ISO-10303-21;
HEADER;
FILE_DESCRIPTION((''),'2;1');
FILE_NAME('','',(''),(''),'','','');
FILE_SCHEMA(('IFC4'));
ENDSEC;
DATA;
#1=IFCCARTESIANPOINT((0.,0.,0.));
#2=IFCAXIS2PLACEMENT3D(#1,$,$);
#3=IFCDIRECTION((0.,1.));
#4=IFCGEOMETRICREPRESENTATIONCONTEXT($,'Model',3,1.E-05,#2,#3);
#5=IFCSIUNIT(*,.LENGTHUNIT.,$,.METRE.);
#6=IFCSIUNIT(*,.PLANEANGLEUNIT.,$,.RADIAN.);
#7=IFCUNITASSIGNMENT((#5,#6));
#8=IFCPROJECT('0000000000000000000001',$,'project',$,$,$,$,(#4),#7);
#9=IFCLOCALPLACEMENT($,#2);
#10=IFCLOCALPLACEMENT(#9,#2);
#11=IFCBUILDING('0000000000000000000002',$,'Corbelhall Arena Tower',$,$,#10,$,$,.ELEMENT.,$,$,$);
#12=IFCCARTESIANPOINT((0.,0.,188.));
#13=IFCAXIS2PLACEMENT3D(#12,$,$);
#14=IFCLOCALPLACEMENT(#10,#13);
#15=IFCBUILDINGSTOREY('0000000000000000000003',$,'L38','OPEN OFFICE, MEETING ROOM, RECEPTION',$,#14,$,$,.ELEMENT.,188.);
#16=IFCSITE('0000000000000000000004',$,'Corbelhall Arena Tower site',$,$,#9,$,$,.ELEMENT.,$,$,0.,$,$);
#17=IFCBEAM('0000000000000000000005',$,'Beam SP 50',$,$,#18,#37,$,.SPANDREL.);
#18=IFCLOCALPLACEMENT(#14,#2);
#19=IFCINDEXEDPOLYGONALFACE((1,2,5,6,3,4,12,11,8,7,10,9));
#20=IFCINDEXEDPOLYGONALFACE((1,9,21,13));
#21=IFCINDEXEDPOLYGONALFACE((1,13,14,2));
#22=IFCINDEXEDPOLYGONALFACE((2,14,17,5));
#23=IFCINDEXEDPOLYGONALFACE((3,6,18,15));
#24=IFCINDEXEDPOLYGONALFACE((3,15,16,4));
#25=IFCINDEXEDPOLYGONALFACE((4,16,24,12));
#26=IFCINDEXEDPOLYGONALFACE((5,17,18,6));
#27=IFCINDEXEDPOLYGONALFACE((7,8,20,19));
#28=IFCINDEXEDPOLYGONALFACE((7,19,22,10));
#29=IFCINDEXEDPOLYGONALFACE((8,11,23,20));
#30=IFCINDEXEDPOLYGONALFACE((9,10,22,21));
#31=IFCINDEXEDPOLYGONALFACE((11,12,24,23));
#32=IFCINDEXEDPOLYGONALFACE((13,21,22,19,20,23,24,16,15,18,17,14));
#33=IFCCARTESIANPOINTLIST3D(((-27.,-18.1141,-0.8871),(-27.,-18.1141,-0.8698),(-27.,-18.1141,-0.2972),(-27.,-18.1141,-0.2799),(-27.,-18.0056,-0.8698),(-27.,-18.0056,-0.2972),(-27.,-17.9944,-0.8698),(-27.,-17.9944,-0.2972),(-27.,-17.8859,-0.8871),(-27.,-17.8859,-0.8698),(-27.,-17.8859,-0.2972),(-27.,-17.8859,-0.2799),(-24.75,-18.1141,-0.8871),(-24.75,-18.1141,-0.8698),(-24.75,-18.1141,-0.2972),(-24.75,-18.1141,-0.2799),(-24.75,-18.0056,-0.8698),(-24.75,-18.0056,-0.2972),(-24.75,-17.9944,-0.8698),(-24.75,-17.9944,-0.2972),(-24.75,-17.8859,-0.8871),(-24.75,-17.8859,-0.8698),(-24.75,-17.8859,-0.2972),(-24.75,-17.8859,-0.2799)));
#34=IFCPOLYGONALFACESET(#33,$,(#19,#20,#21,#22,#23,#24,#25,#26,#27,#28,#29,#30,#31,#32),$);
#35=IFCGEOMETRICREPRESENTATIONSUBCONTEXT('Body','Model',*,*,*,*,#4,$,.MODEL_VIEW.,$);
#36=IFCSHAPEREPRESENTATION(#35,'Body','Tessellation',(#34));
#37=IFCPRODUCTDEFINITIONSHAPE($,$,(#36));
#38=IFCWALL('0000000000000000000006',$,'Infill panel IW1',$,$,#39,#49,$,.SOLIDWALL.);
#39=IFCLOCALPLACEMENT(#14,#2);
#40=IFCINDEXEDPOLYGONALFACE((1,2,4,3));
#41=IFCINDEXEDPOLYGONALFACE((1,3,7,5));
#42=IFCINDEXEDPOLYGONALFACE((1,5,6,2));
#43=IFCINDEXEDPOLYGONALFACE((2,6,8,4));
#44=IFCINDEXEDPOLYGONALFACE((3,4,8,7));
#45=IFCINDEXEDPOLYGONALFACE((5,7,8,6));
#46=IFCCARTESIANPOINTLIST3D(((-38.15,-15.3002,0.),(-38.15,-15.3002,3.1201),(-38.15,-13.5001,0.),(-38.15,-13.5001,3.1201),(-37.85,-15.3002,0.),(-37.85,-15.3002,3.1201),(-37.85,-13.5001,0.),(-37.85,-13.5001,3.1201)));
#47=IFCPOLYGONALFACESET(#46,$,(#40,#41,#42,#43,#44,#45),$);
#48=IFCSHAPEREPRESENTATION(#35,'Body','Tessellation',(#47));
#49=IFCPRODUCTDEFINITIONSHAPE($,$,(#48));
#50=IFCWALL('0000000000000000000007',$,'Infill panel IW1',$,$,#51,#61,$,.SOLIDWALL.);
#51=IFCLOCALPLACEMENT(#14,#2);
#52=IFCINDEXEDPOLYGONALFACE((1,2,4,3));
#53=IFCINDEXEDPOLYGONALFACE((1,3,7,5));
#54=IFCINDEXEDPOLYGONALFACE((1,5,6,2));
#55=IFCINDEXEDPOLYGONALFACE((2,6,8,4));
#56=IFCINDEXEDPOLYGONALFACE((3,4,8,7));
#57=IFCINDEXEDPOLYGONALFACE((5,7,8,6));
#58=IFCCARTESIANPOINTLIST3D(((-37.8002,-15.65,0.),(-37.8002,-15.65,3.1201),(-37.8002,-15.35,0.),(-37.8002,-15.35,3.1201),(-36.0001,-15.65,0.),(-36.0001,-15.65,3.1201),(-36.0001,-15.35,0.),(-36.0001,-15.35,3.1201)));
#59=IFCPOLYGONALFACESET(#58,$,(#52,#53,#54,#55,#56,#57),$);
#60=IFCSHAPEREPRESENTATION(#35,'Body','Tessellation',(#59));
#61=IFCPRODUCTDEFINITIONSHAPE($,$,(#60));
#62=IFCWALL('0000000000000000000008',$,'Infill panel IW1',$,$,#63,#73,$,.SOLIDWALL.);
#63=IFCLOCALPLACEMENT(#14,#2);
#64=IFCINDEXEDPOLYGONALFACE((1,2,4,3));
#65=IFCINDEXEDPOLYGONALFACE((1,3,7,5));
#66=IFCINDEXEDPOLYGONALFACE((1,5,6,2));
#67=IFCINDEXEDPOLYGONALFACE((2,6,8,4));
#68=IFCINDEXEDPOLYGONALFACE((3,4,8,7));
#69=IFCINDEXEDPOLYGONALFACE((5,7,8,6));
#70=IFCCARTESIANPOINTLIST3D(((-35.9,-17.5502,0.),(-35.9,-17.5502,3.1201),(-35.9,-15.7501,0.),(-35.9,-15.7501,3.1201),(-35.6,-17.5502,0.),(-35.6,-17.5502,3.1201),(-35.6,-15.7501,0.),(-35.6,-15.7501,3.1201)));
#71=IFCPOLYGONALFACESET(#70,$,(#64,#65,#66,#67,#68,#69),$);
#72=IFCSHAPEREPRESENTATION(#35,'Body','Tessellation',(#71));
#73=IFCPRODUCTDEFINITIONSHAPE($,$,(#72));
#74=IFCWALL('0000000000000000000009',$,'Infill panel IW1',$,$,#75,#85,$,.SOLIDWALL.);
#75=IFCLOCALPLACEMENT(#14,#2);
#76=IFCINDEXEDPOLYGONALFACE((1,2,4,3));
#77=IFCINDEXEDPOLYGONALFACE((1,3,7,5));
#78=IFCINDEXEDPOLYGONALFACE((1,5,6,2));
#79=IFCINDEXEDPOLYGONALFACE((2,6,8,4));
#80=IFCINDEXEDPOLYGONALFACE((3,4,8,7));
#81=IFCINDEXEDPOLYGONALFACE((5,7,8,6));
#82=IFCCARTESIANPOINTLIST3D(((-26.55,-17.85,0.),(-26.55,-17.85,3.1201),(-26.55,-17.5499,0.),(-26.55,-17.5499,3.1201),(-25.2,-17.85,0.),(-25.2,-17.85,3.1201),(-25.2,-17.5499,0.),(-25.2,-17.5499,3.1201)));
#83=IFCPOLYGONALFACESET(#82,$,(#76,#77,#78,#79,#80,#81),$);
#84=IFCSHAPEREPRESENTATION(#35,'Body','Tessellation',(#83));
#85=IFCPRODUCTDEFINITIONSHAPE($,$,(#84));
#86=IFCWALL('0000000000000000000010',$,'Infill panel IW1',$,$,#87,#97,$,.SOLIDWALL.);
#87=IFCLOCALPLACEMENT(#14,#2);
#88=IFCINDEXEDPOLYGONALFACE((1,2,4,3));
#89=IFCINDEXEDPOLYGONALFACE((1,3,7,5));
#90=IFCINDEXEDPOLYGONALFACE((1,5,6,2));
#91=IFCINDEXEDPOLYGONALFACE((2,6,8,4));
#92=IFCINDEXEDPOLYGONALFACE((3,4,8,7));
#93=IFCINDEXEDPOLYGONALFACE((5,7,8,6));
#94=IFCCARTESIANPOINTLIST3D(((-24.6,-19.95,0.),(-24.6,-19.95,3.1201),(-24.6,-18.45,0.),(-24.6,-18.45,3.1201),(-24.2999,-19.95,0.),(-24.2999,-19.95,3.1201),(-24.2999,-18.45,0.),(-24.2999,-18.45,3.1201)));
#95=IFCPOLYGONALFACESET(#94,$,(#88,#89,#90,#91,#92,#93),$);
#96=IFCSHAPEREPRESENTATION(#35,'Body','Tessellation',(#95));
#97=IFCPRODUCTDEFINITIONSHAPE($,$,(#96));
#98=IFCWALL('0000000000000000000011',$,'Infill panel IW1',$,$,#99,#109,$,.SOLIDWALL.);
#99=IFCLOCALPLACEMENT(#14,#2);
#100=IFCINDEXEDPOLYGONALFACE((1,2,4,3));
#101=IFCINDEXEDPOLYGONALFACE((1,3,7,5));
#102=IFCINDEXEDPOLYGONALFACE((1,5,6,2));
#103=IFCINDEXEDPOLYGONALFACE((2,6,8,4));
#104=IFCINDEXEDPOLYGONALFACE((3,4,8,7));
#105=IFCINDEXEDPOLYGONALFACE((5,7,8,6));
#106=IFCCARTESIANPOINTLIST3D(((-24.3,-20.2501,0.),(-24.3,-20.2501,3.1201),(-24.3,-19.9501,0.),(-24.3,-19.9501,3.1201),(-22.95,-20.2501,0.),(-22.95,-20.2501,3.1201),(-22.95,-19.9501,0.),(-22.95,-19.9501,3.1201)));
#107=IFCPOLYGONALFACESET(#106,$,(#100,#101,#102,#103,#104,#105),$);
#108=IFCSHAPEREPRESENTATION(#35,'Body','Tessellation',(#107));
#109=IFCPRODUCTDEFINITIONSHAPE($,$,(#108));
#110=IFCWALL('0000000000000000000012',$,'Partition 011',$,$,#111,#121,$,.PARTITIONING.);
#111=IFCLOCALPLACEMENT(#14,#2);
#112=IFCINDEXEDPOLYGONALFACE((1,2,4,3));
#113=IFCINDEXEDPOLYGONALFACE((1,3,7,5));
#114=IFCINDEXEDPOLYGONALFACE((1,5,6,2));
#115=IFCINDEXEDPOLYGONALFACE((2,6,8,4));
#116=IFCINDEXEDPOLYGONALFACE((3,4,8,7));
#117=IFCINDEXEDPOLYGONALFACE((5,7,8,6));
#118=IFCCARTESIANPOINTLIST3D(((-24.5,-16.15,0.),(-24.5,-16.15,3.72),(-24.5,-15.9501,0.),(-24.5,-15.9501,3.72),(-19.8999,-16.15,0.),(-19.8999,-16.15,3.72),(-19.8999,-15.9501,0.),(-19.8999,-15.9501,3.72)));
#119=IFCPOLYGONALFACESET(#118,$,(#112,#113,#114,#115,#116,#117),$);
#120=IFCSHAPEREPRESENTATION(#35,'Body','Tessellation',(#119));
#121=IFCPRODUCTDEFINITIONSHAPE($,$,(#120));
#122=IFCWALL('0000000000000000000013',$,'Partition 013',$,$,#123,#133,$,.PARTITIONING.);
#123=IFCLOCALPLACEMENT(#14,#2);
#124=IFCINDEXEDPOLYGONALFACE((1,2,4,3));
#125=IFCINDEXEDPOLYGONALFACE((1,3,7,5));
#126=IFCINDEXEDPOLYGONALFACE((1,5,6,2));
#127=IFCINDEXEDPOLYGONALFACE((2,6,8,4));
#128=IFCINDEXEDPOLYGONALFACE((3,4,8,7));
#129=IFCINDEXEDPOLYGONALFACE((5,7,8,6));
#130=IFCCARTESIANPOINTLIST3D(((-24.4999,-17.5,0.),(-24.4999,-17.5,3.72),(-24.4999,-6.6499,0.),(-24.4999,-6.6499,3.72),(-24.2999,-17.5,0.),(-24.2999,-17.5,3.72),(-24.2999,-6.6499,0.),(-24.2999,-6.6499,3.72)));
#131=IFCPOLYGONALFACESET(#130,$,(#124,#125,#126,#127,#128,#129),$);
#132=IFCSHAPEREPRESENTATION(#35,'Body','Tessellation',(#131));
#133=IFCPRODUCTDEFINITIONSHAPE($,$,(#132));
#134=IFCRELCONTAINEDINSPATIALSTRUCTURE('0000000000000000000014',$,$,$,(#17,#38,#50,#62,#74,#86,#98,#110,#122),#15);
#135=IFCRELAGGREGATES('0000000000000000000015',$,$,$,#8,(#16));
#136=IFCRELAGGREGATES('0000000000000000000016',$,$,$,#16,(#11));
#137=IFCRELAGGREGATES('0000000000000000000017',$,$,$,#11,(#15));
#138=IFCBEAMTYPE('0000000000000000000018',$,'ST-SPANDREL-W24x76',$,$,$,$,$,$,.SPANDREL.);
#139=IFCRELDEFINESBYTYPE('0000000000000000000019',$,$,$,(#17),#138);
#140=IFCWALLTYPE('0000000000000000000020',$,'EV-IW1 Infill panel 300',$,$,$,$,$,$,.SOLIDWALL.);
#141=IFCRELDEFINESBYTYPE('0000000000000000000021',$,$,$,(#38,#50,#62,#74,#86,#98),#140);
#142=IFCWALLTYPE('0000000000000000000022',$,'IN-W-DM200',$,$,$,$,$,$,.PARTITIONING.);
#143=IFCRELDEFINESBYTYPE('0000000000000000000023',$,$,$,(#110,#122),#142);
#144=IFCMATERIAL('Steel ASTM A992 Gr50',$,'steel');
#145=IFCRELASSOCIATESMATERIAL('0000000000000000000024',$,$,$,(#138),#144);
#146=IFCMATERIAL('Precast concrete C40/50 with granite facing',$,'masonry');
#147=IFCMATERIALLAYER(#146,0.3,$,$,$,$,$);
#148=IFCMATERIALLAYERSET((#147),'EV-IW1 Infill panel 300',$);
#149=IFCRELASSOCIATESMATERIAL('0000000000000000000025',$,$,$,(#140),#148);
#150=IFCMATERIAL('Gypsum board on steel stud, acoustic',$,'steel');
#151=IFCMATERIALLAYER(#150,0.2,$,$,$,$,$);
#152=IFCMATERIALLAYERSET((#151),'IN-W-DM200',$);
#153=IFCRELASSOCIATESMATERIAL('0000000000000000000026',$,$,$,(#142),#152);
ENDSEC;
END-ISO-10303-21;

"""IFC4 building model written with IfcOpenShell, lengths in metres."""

from ifc_helpers import new_model, si_unit, direction, frame, frame_2d, origin, origin_2d, place, context, subcontext, project, spatial, rectangle, i_section, extrude, material, layer, layer_set, material_profile, profile_set, type_object, element, save


model = new_model("IFC4")

# Units and contexts
model_context = context("Model", 3, precision=1e-05, world=origin(), true_north=direction((0.0, 1.0)))
body_context = subcontext(model_context, "Body", "Model", "MODEL_VIEW")
ifc_project = project(units=[si_unit("LENGTHUNIT", "METRE"), si_unit("PLANEANGLEUNIT", "RADIAN")], contexts=[model_context])

# Site, building, storey
site_placement = place(None, origin())
site = spatial("IfcSite", under=ifc_project, at=site_placement, Name="Corbelhall Arena Tower site", CompositionType="ELEMENT", RefElevation=0.0)
building_placement = place(site_placement, origin())
building = spatial("IfcBuilding", under=site, at=building_placement, Name="Corbelhall Arena Tower", CompositionType="ELEMENT")
storey_placement = place(building_placement, frame((0.0, 0.0, 188.0)))
storey = spatial("IfcBuildingStorey", under=building, at=storey_placement, Name="L38", Description="OPEN OFFICE, MEETING ROOM, RECEPTION", CompositionType="ELEMENT", Elevation=188.0)

# Beam
ifc_material_1 = material(Name="Steel ASTM A992 Gr50", Category="steel")
ifc_material_profile_1 = material_profile(ifc_material_1, i_section(OverallWidth=0.2283, OverallDepth=0.6072, WebThickness=0.0112, FlangeThickness=0.0173, at=origin_2d()))
ifc_profile_set_1 = profile_set([ifc_material_profile_1], Name="Steel ASTM A992 Gr50")
beam_type = type_object("IfcBeamType", Name="ST-SPANDREL-W24x76", PredefinedType="SPANDREL", material=ifc_profile_set_1)
beam_1_placement = place(storey_placement, frame((-24.75, -18.0, -0.5835), z_axis=(-1.0, 0.0, 0.0), x_axis=(0.0, -1.0, 0.0)))
element("IfcBeam", 1, at=beam_1_placement, inside=storey, type_object=beam_type, Name="Beam SP 50", PredefinedType="SPANDREL", context=body_context, shape_type="SweptSolid", body=[
    extrude(i_section(OverallWidth=0.2283, OverallDepth=0.6072, WebThickness=0.0112, FlangeThickness=0.0173, at=origin_2d()), origin(), (0.0, 0.0, 1.0), 2.25),
])

# Walls
ifc_material_2 = material(Name="Precast concrete C40/50 with granite facing", Category="masonry")
ifc_layer_1 = layer(ifc_material_2, 0.3)
ifc_layer_set_1 = layer_set([ifc_layer_1], Name="EV-IW1 Infill panel 300")
wall_type_1 = type_object("IfcWallType", Name="EV-IW1 Infill panel 300", PredefinedType="SOLIDWALL", material=ifc_layer_set_1)
for number, where, z_axis, x_axis, name in (
    (2, (-38.0, -15.3, 0.0), (0.0, 0.0, 1.0), (0.0, 1.0, 0.0), "Infill panel IW1"),
    (3, (-37.8, -15.5, 0.0), (0.0, 0.0, 1.0), (1.0, 0.0, 0.0), "Infill panel IW1"),
    (4, (-35.75, -17.55, 0.0), (0.0, 0.0, 1.0), (0.0, 1.0, 0.0), "Infill panel IW1"),
):
    element("IfcWall", number, at=place(storey_placement, frame(where, z_axis=z_axis, x_axis=x_axis)), inside=storey, type_object=wall_type_1, Name=name, PredefinedType="SOLIDWALL", context=body_context, shape_type="SweptSolid", body=[
        extrude(rectangle(XDim=1.8, YDim=0.3, at=frame_2d((0.8999, 0.0))), origin(), (0.0, 0.0, 1.0), 3.1201),
    ])

# Walls
wall_1_placement = place(storey_placement, frame((-26.55, -17.7, 0.0), z_axis=(0.0, 0.0, 1.0), x_axis=(1.0, 0.0, 0.0)))
element("IfcWall", 5, at=wall_1_placement, inside=storey, type_object=wall_type_1, Name="Infill panel IW1", PredefinedType="SOLIDWALL", context=body_context, shape_type="SweptSolid", body=[
    extrude(rectangle(XDim=1.3501, YDim=0.3, at=frame_2d((0.675, 0.0))), origin(), (0.0, 0.0, 1.0), 3.1201),
])
wall_2_placement = place(storey_placement, frame((-24.45, -18.45, 0.0), z_axis=(0.0, 0.0, 1.0), x_axis=(0.0, -1.0, 0.0)))
element("IfcWall", 6, at=wall_2_placement, inside=storey, type_object=wall_type_1, Name="Infill panel IW1", PredefinedType="SOLIDWALL", context=body_context, shape_type="SweptSolid", body=[
    extrude(rectangle(XDim=1.5, YDim=0.3, at=frame_2d((0.75, 0.0))), origin(), (0.0, 0.0, 1.0), 3.1201),
])
wall_3_placement = place(storey_placement, frame((-24.3, -20.1001, 0.0), z_axis=(0.0, 0.0, 1.0), x_axis=(1.0, 0.0, 0.0)))
element("IfcWall", 7, at=wall_3_placement, inside=storey, type_object=wall_type_1, Name="Infill panel IW1", PredefinedType="SOLIDWALL", context=body_context, shape_type="SweptSolid", body=[
    extrude(rectangle(XDim=1.3501, YDim=0.3, at=frame_2d((0.675, 0.0))), origin(), (0.0, 0.0, 1.0), 3.1201),
])
ifc_material_3 = material(Name="Gypsum board on steel stud, acoustic", Category="steel")
ifc_layer_2 = layer(ifc_material_3, 0.2)
ifc_layer_set_2 = layer_set([ifc_layer_2], Name="IN-W-DM200")
wall_type_2 = type_object("IfcWallType", Name="IN-W-DM200", PredefinedType="PARTITIONING", material=ifc_layer_set_2)
wall_4_placement = place(storey_placement, frame((-24.5, -16.05, 0.0), z_axis=(0.0, 0.0, 1.0), x_axis=(1.0, 0.0, 0.0)))
element("IfcWall", 8, at=wall_4_placement, inside=storey, type_object=wall_type_2, Name="Partition 011", PredefinedType="PARTITIONING", context=body_context, shape_type="SweptSolid", body=[
    extrude(rectangle(XDim=4.6001, YDim=0.2, at=frame_2d((2.3, 0.0))), origin(), (0.0, 0.0, 1.0), 3.72),
])
wall_5_placement = place(storey_placement, frame((-24.3999, -17.5, 0.0), z_axis=(0.0, 0.0, 1.0), x_axis=(0.0, 1.0, 0.0)))
element("IfcWall", 9, at=wall_5_placement, inside=storey, type_object=wall_type_2, Name="Partition 013", PredefinedType="PARTITIONING", context=body_context, shape_type="SweptSolid", body=[
    extrude(rectangle(XDim=10.8501, YDim=0.2, at=frame_2d((5.425, 0.0))), origin(), (0.0, 0.0, 1.0), 3.72),
])

save(model, "model.ifc")
